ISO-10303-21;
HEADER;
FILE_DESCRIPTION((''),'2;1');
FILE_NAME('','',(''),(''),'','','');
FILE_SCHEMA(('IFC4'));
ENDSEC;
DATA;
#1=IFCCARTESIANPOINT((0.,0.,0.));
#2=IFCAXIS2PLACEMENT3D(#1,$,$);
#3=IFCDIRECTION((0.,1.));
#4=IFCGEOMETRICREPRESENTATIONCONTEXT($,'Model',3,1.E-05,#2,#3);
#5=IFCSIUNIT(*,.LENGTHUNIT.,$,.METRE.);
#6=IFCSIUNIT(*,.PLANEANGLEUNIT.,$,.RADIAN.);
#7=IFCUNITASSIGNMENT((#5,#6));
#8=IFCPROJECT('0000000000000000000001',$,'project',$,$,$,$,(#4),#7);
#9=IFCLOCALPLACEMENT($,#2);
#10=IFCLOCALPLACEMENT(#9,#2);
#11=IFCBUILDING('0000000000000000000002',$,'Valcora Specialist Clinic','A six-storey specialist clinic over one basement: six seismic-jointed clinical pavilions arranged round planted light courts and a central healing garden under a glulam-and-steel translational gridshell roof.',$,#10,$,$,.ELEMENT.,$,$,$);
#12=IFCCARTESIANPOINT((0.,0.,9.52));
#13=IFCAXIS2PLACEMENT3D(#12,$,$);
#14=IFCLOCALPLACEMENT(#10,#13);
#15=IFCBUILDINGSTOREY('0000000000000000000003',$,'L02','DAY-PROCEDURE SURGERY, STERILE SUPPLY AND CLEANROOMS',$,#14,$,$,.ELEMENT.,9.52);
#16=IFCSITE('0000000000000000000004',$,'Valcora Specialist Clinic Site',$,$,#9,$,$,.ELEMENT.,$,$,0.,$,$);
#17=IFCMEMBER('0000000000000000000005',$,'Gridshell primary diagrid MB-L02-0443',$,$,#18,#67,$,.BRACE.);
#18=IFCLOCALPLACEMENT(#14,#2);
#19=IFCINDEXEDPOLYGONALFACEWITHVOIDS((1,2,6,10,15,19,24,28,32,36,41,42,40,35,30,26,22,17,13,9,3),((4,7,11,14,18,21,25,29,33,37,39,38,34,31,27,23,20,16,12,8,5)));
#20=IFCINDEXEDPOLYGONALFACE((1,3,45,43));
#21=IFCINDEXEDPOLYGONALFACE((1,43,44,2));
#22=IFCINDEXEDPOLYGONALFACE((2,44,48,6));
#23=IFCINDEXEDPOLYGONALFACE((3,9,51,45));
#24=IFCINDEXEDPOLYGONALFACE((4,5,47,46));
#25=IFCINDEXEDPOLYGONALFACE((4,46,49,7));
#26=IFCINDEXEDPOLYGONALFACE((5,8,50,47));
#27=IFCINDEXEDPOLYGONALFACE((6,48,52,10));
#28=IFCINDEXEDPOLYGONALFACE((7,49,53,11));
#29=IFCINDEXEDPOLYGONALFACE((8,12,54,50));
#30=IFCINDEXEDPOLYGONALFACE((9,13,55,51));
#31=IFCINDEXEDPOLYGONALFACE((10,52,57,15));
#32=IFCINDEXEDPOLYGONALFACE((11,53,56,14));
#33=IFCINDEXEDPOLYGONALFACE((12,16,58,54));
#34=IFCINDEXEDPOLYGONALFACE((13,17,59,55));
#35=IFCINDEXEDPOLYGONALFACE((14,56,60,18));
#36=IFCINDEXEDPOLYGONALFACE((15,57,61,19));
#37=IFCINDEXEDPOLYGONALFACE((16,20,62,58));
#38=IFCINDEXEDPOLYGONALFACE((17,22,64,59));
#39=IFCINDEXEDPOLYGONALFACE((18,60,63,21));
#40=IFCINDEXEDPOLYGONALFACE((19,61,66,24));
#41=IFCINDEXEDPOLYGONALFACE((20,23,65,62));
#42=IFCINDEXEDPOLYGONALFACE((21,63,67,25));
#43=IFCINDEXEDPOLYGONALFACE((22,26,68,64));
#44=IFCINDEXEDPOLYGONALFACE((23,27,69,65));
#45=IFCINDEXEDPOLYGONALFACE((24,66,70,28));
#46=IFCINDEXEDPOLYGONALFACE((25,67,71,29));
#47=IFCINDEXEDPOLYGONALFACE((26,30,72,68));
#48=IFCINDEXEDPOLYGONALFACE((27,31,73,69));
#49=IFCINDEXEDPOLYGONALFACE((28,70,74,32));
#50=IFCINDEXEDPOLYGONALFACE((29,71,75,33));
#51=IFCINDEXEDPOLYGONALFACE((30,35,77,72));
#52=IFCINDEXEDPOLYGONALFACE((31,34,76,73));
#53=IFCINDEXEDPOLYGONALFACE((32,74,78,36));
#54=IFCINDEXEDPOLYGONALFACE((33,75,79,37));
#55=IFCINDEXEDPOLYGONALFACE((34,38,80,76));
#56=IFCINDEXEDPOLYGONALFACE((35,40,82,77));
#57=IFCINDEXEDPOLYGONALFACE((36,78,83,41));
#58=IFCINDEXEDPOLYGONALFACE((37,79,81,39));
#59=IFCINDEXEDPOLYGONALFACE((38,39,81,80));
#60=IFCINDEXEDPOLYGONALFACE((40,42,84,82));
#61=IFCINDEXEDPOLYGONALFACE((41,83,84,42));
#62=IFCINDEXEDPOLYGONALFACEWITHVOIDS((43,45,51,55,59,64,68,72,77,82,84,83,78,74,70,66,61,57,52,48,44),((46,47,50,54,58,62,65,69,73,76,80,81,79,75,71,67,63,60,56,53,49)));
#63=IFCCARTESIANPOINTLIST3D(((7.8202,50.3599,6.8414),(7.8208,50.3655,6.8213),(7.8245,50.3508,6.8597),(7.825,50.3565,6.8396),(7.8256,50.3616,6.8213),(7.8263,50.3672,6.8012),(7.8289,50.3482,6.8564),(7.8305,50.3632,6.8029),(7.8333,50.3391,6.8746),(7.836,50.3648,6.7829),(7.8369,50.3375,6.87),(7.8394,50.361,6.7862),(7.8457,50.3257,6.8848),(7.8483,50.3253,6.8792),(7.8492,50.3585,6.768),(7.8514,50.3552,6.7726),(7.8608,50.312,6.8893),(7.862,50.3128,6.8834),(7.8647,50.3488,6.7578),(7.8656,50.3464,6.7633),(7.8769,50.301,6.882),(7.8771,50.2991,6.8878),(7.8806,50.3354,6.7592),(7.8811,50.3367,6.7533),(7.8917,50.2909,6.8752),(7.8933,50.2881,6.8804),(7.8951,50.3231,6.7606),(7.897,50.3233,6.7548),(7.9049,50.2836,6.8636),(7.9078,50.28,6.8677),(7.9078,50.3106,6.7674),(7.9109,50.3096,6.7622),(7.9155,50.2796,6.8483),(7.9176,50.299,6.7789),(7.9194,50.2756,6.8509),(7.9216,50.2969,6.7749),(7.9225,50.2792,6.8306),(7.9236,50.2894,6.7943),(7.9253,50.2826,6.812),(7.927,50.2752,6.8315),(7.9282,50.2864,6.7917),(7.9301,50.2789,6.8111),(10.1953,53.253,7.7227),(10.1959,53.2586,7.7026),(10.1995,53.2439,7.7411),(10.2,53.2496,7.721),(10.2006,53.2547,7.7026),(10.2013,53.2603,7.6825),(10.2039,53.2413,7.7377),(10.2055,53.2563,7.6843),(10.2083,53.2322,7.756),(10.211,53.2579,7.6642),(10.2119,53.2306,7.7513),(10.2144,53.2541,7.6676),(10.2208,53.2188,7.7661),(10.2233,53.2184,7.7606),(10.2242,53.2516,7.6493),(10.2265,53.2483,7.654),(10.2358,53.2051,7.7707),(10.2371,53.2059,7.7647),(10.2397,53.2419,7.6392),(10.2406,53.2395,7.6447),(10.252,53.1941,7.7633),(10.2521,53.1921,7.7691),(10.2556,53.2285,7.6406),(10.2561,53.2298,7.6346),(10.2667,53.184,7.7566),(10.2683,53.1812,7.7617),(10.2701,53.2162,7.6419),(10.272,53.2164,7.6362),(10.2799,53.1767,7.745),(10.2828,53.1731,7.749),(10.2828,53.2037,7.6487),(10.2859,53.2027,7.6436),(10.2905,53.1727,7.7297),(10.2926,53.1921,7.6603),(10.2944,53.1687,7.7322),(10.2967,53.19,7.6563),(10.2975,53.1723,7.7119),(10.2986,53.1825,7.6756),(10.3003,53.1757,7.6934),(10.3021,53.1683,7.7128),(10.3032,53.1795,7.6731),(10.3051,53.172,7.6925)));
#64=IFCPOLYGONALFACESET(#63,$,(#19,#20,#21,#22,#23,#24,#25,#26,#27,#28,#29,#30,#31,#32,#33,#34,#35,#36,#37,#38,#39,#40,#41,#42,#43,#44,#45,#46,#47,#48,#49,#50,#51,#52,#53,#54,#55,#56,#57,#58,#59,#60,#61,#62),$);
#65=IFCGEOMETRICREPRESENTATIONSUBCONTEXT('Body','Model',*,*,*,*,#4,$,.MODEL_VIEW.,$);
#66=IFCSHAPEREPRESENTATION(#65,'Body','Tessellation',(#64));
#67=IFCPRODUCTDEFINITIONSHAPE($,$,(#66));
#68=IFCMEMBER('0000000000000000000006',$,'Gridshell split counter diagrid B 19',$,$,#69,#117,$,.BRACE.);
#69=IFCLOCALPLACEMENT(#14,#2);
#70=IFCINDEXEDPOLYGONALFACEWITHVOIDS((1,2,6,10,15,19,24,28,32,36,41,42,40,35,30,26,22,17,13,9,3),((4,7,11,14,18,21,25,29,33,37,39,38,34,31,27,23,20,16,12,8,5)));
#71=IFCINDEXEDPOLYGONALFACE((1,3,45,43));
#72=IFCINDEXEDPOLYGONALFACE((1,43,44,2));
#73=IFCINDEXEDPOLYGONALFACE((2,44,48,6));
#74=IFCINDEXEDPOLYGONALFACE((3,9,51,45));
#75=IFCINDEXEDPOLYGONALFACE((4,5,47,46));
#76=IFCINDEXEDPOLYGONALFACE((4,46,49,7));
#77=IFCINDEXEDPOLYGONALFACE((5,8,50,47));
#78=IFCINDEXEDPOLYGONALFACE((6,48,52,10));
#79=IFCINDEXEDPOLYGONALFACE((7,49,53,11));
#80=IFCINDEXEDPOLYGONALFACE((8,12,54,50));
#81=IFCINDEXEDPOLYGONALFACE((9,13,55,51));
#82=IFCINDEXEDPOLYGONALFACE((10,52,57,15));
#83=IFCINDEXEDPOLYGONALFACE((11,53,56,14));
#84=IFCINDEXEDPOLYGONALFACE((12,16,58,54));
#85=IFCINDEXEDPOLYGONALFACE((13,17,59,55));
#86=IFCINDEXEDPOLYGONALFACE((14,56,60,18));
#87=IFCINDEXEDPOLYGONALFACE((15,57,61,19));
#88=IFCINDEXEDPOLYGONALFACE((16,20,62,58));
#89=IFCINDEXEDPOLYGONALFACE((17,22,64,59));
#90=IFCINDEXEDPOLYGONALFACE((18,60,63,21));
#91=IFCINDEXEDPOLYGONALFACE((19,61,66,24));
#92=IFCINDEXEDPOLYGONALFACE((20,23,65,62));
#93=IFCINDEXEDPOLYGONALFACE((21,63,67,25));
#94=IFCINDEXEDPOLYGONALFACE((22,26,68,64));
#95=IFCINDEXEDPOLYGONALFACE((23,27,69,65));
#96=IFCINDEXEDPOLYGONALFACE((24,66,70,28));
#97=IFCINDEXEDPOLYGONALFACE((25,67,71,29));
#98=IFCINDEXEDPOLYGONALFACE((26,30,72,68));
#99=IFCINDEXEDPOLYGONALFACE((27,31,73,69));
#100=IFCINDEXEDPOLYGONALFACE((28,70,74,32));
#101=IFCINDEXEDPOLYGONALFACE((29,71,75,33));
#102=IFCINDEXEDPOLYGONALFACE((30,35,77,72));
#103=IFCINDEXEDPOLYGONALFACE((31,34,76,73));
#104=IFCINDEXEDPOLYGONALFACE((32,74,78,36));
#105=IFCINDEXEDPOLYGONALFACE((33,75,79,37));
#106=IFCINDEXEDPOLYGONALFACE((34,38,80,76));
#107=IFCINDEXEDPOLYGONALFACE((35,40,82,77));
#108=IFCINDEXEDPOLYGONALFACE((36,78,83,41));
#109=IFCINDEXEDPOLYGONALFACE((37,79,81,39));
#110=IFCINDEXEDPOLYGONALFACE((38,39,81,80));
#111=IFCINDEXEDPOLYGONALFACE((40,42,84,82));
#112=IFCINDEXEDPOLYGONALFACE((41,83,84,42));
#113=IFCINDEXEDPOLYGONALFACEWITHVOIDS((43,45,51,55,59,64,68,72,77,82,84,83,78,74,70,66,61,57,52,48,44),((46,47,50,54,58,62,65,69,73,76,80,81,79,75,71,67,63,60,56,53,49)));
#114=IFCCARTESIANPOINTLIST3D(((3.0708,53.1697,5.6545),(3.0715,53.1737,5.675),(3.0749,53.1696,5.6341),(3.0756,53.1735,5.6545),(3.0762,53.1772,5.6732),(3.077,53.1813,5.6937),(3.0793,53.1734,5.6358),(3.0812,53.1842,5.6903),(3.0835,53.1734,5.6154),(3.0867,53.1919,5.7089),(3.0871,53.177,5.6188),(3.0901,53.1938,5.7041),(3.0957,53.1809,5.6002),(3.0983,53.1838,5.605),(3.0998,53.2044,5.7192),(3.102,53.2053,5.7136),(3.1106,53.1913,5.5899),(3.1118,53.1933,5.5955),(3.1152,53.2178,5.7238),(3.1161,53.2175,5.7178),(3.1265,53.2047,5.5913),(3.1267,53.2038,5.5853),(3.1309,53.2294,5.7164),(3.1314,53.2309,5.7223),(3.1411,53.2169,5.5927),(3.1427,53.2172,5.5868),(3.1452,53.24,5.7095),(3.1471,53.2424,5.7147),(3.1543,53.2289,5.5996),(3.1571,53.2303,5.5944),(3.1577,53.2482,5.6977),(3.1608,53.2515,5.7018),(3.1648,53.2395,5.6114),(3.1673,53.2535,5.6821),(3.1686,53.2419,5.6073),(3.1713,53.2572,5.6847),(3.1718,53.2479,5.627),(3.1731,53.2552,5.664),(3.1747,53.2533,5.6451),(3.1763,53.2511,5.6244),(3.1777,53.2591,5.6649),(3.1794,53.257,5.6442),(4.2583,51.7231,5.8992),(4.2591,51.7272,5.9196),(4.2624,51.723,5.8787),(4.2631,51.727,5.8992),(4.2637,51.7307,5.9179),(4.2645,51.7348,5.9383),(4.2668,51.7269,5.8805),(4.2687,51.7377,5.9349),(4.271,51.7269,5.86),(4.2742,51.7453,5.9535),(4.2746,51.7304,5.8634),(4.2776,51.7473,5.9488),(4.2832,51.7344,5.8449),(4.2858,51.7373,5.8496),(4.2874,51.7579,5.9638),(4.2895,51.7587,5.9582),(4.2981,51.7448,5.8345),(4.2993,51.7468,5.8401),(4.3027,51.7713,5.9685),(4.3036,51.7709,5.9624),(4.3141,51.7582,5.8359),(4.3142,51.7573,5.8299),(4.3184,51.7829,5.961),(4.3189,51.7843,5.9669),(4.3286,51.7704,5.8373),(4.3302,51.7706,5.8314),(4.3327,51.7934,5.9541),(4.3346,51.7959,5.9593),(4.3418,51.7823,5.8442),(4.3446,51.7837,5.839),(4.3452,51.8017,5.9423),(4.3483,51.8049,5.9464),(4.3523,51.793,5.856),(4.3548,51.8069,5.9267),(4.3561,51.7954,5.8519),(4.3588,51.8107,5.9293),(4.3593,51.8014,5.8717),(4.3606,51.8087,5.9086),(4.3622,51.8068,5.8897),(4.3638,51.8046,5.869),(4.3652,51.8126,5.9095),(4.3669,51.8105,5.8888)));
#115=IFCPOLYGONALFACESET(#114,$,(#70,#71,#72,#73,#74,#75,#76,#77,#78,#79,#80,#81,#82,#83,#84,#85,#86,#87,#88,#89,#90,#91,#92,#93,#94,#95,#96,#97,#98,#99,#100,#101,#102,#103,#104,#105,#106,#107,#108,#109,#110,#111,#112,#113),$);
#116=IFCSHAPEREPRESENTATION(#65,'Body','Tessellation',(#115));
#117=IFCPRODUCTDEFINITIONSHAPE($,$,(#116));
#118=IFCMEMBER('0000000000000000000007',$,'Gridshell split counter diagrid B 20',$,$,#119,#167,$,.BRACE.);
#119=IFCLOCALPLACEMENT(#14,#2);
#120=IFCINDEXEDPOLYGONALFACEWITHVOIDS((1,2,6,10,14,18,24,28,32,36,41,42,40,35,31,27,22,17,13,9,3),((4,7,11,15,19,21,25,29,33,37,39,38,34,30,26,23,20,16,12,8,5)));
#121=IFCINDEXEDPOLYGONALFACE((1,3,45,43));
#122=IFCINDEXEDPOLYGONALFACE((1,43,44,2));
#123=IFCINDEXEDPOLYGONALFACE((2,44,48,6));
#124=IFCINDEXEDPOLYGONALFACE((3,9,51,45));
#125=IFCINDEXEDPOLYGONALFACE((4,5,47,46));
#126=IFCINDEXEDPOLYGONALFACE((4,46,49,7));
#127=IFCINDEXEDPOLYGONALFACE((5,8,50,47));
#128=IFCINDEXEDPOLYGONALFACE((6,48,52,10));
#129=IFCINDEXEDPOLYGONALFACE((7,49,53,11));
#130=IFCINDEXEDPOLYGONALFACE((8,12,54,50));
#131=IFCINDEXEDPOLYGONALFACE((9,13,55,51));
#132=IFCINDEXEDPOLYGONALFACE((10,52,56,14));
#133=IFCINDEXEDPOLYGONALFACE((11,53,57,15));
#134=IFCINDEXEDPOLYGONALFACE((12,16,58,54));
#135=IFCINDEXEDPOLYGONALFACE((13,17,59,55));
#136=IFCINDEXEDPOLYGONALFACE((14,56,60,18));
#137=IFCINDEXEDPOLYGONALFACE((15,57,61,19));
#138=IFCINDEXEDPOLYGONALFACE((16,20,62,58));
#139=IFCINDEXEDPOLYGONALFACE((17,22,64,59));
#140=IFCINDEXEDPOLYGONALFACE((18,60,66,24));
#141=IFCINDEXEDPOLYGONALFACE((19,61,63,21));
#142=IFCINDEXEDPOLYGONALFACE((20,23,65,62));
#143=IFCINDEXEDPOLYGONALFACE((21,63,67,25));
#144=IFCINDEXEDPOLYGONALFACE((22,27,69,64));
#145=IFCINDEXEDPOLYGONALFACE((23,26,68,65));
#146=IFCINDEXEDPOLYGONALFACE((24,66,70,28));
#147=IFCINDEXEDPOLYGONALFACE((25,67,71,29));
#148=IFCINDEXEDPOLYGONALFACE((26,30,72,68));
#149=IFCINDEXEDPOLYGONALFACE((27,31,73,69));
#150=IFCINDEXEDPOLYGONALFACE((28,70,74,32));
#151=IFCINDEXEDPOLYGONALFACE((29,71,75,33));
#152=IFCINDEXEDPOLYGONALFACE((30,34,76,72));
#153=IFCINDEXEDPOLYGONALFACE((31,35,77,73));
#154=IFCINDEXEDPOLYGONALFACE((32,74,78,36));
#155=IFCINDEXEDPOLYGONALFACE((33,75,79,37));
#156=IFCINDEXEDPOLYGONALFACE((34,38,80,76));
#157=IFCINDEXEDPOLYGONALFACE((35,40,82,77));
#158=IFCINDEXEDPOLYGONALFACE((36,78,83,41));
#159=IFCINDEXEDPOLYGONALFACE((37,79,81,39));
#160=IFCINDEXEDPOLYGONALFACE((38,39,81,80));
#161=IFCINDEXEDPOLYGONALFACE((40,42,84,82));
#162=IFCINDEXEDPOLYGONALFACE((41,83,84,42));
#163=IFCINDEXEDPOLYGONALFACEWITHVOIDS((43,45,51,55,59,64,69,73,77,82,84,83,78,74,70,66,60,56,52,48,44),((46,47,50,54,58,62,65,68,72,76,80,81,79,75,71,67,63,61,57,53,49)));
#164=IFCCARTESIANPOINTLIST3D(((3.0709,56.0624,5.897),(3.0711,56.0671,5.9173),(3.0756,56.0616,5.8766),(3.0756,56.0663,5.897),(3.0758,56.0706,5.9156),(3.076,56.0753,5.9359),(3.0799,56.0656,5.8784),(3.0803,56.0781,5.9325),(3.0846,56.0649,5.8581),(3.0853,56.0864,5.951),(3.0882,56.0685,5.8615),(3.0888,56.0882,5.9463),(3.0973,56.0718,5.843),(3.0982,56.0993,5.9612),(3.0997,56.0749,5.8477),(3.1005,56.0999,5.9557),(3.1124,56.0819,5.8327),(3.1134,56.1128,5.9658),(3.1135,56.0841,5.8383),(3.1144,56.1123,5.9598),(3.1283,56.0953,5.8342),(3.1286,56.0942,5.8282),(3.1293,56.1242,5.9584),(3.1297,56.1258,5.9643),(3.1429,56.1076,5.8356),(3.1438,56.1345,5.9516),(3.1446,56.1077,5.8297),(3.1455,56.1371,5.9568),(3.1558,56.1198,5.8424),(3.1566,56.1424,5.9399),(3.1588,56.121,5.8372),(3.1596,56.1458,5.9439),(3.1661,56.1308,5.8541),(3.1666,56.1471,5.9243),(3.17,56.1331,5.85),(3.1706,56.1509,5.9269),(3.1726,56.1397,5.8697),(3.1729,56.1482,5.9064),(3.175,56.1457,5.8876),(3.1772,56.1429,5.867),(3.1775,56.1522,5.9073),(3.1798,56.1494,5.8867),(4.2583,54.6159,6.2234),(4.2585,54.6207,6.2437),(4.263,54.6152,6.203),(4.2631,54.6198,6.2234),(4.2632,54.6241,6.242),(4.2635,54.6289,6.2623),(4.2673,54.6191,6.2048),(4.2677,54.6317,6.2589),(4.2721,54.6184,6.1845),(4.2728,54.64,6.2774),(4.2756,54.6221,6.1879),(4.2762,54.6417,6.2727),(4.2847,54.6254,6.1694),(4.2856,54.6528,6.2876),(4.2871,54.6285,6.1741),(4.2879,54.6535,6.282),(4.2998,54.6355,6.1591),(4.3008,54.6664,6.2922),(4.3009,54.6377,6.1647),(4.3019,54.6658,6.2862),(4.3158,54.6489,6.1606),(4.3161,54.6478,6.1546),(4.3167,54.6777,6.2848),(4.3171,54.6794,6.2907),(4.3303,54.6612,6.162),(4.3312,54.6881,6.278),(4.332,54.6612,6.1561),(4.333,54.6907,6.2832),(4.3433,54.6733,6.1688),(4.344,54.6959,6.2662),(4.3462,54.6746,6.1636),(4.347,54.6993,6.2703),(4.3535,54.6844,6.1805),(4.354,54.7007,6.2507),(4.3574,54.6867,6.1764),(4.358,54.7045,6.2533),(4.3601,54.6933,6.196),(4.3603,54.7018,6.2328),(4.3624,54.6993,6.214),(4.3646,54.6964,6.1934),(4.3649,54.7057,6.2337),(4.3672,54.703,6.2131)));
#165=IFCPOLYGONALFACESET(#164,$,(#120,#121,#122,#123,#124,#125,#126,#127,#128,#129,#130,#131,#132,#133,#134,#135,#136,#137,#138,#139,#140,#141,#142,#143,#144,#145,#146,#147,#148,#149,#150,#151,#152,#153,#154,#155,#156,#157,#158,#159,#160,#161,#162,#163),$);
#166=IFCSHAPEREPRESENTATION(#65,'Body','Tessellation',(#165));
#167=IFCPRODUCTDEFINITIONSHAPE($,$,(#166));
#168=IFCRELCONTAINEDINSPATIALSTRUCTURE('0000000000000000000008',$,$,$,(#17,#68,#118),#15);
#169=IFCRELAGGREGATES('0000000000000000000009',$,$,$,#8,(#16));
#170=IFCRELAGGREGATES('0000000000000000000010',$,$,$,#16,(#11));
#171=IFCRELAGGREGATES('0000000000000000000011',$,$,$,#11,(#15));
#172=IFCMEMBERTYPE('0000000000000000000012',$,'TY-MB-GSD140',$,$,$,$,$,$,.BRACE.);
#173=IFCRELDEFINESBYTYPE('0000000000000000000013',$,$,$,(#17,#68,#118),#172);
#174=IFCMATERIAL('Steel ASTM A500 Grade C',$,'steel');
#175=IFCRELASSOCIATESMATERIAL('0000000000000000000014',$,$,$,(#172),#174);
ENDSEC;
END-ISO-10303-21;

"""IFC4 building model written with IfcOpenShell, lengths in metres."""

from ifc_helpers import new_model, si_unit, direction, frame, origin, origin_2d, place, context, subcontext, project, spatial, hollow_circle, extrude, material, material_profile, profile_set, type_object, element, save


model = new_model("IFC4")

# Units and contexts
model_context = context("Model", 3, precision=1e-05, world=origin(), true_north=direction((0.0, 1.0)))
body_context = subcontext(model_context, "Body", "Model", "MODEL_VIEW")
ifc_project = project(units=[si_unit("LENGTHUNIT", "METRE"), si_unit("PLANEANGLEUNIT", "RADIAN")], contexts=[model_context])

# Site, building, storey
site_placement = place(None, origin())
site = spatial("IfcSite", under=ifc_project, at=site_placement, Name="Valcora Specialist Clinic Site", CompositionType="ELEMENT", RefElevation=0.0)
building_placement = place(site_placement, origin())
building = spatial("IfcBuilding", under=site, at=building_placement, Name="Valcora Specialist Clinic", Description="A six-storey specialist clinic over one basement: six seismic-jointed clinical pavilions arranged round planted light courts and a central healing garden under a glulam-and-steel translational gridshell roof.", CompositionType="ELEMENT")
storey_placement = place(building_placement, frame((0.0, 0.0, 9.52)))
storey = spatial("IfcBuildingStorey", under=building, at=storey_placement, Name="L02", Description="DAY-PROCEDURE SURGERY, STERILE SUPPLY AND CLEANROOMS", CompositionType="ELEMENT", Elevation=9.52)

# Members
ifc_material_1 = material(Name="Steel ASTM A500 Grade C", Category="steel")
ifc_material_profile_1 = material_profile(ifc_material_1, hollow_circle(Radius=0.0701, WallThickness=0.0061, at=origin_2d()), Name="ST-CHS-140X6")
ifc_profile_set_1 = profile_set([ifc_material_profile_1], Name="Steel ASTM A500 Grade C")
member_type_1 = type_object("IfcMemberType", Name="TY-MB-GSD140", PredefinedType="BRACE", material=ifc_profile_set_1)
member_1_placement = place(storey_placement, frame((7.875, 50.321, 6.8213), z_axis=(0.617618, 0.752341, 0.229194), x_axis=(-0.772916, 0.634508, 0.0)))
element("IfcMember", 1, at=member_1_placement, inside=storey, type_object=member_type_1, Name="Gridshell primary diagrid MB-L02-0443", PredefinedType="BRACE", context=body_context, shape_type="SweptSolid", body=[
    extrude(hollow_circle(Radius=0.0701, WallThickness=0.0061, at=origin_2d()), origin(), (0.0, 0.0, 1.0), 3.8455),
])
member_2_placement = place(storey_placement, frame((4.3125, 51.7676, 5.8992), z_axis=(-0.629157, 0.766397, -0.129608), x_axis=(-0.772916, -0.634508, 0.0)))
element("IfcMember", 2, at=member_2_placement, inside=storey, type_object=member_type_1, Name="Gridshell split counter diagrid B 19", PredefinedType="BRACE", context=body_context, shape_type="SweptSolid", body=[
    extrude(hollow_circle(Radius=0.0701, WallThickness=0.0061, at=origin_2d()), origin(), (0.0, 0.0, 1.0), 1.8875),
])
member_3_placement = place(storey_placement, frame((4.3125, 54.6604, 6.2234), z_axis=(-0.625073, 0.761422, -0.171818), x_axis=(-0.772916, -0.634508, 0.0)))
element("IfcMember", 3, at=member_3_placement, inside=storey, type_object=member_type_1, Name="Gridshell split counter diagrid B 20", PredefinedType="BRACE", context=body_context, shape_type="SweptSolid", body=[
    extrude(hollow_circle(Radius=0.0701, WallThickness=0.0061, at=origin_2d()), origin(), (0.0, 0.0, 1.0), 1.8997),
])

save(model, "model.ifc")
